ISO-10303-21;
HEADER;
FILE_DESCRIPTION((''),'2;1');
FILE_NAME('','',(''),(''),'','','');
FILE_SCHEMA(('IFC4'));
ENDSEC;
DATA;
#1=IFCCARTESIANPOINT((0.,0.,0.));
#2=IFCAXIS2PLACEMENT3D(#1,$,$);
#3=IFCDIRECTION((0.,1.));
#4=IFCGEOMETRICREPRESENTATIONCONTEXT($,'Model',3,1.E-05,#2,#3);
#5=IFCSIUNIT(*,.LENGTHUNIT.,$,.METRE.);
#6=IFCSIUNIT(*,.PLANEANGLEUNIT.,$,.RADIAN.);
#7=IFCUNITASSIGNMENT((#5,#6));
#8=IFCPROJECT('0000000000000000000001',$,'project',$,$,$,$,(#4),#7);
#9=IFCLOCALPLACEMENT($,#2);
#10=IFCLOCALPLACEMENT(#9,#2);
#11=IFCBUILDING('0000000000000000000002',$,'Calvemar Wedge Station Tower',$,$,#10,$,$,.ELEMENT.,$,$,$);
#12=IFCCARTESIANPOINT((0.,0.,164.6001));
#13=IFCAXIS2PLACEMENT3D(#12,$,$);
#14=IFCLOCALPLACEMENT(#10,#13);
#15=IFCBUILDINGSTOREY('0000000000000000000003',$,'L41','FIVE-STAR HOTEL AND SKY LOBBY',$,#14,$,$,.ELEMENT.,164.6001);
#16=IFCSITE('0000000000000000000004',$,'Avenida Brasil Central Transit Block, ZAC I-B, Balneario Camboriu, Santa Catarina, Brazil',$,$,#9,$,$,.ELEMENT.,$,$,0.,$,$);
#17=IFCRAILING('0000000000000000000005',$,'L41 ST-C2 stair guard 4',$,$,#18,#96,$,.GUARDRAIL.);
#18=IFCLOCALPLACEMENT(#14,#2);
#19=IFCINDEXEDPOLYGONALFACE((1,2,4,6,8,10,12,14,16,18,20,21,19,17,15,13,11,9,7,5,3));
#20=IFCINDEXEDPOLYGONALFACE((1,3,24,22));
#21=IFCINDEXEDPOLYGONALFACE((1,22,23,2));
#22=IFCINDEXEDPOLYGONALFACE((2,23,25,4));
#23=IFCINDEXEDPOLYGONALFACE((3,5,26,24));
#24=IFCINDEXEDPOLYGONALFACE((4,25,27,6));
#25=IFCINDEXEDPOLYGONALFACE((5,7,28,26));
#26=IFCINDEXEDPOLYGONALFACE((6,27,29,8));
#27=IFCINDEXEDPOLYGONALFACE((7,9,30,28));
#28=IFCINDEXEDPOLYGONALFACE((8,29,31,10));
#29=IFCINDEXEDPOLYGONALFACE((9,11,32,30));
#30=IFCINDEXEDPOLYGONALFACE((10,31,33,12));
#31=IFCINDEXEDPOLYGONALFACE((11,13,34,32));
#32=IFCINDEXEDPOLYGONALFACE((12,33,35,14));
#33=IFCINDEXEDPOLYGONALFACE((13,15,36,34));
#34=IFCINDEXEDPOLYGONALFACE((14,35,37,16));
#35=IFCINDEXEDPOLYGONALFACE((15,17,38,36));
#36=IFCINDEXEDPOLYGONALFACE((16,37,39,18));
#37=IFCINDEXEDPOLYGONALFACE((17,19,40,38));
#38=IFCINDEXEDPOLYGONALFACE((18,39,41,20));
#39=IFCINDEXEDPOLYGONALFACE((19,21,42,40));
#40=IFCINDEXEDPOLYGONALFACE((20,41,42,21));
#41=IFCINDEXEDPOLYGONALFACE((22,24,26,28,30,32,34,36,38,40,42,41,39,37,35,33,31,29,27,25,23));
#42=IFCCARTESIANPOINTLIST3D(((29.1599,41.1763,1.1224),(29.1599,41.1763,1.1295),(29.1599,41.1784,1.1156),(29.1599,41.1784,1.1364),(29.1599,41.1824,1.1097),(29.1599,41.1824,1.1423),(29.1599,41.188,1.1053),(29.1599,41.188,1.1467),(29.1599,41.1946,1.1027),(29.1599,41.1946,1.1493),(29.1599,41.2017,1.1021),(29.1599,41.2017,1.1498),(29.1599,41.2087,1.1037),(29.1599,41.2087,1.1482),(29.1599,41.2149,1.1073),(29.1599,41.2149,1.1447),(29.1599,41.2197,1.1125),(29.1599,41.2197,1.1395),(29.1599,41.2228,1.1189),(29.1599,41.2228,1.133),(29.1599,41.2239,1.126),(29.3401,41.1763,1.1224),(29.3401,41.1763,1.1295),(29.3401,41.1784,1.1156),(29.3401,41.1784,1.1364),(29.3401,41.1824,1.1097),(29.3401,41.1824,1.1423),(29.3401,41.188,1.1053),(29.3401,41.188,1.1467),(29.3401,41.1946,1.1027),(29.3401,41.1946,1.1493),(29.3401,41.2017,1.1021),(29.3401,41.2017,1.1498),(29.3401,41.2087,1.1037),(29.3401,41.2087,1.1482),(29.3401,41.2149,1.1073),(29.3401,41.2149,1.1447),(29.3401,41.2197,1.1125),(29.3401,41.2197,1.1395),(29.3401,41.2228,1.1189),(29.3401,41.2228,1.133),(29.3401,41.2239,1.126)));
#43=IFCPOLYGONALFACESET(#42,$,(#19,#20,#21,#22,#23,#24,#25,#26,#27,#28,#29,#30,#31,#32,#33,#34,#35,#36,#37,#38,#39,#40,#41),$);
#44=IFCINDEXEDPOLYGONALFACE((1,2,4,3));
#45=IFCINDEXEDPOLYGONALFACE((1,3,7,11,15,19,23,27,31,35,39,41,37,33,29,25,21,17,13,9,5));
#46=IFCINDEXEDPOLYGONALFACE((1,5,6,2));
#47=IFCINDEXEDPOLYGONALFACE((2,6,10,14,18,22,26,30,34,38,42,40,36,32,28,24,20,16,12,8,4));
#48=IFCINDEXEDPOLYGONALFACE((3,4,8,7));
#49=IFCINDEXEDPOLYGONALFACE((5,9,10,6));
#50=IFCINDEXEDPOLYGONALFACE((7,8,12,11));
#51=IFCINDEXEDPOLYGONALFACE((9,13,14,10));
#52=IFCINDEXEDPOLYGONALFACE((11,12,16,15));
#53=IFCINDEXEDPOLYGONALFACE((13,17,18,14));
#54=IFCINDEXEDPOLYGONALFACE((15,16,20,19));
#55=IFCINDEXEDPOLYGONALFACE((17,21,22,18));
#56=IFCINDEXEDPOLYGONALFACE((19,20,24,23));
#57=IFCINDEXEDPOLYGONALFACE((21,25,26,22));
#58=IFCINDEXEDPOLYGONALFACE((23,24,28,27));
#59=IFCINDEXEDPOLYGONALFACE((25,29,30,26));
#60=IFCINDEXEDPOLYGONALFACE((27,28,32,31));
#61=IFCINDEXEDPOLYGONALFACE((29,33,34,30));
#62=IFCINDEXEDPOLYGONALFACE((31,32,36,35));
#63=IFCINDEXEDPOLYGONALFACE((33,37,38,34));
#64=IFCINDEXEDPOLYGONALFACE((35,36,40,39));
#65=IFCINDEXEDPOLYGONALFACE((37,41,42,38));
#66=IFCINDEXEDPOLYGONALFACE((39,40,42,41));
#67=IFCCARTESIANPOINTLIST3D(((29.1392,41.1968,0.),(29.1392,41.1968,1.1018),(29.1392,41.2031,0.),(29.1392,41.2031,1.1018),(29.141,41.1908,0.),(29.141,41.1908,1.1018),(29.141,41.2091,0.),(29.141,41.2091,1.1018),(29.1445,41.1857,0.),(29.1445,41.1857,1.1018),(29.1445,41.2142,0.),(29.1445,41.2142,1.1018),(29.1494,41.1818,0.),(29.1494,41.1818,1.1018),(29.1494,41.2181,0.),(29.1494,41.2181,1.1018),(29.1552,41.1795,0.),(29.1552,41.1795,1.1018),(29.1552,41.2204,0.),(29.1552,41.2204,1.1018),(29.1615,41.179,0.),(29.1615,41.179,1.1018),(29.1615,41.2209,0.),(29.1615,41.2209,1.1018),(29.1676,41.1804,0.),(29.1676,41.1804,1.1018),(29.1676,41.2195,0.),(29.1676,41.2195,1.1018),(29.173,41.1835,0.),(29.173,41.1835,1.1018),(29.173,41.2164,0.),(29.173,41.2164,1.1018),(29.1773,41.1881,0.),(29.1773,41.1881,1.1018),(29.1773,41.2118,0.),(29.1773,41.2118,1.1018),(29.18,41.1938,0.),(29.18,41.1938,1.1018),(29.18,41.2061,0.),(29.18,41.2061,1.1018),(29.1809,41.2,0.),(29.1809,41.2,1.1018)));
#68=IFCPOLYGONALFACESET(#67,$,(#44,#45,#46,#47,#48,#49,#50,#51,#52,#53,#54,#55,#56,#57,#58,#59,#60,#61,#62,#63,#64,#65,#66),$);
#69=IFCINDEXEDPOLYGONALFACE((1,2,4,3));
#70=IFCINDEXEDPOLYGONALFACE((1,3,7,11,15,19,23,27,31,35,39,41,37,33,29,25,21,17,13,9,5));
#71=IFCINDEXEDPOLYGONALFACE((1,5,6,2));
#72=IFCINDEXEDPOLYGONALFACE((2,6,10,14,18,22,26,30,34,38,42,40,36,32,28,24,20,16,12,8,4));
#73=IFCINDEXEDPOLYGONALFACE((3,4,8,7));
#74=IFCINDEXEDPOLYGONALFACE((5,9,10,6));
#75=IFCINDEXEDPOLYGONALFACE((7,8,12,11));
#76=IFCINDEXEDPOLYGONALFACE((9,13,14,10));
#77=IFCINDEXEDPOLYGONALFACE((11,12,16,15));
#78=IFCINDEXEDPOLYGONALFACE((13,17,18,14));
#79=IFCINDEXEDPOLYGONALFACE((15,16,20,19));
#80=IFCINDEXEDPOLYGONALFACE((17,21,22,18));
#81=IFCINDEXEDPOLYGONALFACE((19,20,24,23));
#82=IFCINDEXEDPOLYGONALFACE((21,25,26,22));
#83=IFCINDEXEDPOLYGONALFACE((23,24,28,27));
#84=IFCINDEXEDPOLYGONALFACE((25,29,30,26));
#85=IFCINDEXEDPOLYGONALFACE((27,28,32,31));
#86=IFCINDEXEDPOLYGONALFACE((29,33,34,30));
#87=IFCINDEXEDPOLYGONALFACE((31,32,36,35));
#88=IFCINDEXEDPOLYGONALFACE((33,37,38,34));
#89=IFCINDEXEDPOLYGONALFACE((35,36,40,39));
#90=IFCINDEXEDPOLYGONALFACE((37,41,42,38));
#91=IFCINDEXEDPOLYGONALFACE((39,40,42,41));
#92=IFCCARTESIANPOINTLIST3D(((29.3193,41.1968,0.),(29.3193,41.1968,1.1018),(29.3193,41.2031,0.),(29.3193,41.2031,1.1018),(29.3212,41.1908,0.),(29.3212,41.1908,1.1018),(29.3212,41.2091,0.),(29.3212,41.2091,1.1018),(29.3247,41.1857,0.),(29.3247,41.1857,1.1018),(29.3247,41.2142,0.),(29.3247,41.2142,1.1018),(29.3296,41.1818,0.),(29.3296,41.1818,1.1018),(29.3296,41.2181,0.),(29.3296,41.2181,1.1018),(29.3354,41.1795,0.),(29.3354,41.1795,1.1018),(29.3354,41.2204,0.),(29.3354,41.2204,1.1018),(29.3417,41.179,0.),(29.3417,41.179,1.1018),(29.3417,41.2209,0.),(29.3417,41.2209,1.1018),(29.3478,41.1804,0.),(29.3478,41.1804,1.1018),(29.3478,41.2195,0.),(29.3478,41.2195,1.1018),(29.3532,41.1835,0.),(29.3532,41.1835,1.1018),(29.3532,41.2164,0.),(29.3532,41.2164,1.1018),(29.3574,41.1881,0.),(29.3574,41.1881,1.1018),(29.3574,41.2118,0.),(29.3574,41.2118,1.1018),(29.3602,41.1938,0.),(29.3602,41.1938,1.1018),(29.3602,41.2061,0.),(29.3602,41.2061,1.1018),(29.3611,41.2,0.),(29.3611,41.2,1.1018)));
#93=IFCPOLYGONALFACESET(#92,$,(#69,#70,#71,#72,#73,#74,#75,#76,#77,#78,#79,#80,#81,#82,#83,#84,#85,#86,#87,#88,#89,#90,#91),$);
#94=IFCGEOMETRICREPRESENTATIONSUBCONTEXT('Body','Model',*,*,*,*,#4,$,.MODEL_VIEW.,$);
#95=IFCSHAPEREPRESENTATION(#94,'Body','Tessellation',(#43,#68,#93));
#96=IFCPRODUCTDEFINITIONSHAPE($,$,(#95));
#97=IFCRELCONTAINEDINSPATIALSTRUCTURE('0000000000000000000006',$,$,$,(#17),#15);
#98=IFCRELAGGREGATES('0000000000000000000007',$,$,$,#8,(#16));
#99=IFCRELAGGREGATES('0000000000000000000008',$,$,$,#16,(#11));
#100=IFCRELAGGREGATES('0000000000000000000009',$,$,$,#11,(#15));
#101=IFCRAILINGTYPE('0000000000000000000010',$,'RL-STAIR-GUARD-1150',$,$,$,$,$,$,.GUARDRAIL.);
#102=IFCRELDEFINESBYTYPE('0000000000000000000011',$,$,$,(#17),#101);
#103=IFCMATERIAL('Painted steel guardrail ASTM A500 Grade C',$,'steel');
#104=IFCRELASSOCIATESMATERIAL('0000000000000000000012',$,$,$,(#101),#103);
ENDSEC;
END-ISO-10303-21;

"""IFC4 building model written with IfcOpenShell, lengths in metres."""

from ifc_helpers import new_model, si_unit, direction, frame, origin, origin_2d, place, context, subcontext, project, spatial, circle, extrude, material, type_object, element, save


model = new_model("IFC4")

# Units and contexts
model_context = context("Model", 3, precision=1e-05, world=origin(), true_north=direction((0.0, 1.0)))
body_context = subcontext(model_context, "Body", "Model", "MODEL_VIEW")
ifc_project = project(units=[si_unit("LENGTHUNIT", "METRE"), si_unit("PLANEANGLEUNIT", "RADIAN")], contexts=[model_context])

# Site, building, storey
site_placement = place(None, origin())
site = spatial("IfcSite", under=ifc_project, at=site_placement, Name="Avenida Brasil Central Transit Block, ZAC I-B, Balneario Camboriu, Santa Catarina, Brazil", CompositionType="ELEMENT", RefElevation=0.0)
building_placement = place(site_placement, origin())
building = spatial("IfcBuilding", under=site, at=building_placement, Name="Calvemar Wedge Station Tower", CompositionType="ELEMENT")
storey_placement = place(building_placement, frame((0.0, 0.0, 164.6001)))
storey = spatial("IfcBuildingStorey", under=building, at=storey_placement, Name="L41", Description="FIVE-STAR HOTEL AND SKY LOBBY", CompositionType="ELEMENT", Elevation=164.6001)

# Railing
ifc_material_1 = material(Name="Painted steel guardrail ASTM A500 Grade C", Category="steel")
railing_type_1 = type_object("IfcRailingType", Name="RL-STAIR-GUARD-1150", PredefinedType="GUARDRAIL", material=ifc_material_1)
railing_1_placement = place(storey_placement, frame((29.1599, 41.2, 0.0)))
element("IfcRailing", 1, at=railing_1_placement, inside=storey, type_object=railing_type_1, Name="L41 ST-C2 stair guard 4", PredefinedType="GUARDRAIL", context=body_context, shape_type="SweptSolid", body=[
    extrude(circle(Radius=0.0239, at=origin_2d()), frame((0.0, 0.0, 1.126), z_axis=(1.0, 0.0, 0.0), x_axis=(0.0, 1.0, 0.0)), (0.0, 0.0, 1.0), 0.1802),
    extrude(circle(Radius=0.021, at=origin_2d()), origin(), (0.0, 0.0, 1.0), 1.1018),
    extrude(circle(Radius=0.021, at=origin_2d()), frame((0.1802, 0.0, 0.0)), (0.0, 0.0, 1.0), 1.1018),
])

save(model, "model.ifc")
